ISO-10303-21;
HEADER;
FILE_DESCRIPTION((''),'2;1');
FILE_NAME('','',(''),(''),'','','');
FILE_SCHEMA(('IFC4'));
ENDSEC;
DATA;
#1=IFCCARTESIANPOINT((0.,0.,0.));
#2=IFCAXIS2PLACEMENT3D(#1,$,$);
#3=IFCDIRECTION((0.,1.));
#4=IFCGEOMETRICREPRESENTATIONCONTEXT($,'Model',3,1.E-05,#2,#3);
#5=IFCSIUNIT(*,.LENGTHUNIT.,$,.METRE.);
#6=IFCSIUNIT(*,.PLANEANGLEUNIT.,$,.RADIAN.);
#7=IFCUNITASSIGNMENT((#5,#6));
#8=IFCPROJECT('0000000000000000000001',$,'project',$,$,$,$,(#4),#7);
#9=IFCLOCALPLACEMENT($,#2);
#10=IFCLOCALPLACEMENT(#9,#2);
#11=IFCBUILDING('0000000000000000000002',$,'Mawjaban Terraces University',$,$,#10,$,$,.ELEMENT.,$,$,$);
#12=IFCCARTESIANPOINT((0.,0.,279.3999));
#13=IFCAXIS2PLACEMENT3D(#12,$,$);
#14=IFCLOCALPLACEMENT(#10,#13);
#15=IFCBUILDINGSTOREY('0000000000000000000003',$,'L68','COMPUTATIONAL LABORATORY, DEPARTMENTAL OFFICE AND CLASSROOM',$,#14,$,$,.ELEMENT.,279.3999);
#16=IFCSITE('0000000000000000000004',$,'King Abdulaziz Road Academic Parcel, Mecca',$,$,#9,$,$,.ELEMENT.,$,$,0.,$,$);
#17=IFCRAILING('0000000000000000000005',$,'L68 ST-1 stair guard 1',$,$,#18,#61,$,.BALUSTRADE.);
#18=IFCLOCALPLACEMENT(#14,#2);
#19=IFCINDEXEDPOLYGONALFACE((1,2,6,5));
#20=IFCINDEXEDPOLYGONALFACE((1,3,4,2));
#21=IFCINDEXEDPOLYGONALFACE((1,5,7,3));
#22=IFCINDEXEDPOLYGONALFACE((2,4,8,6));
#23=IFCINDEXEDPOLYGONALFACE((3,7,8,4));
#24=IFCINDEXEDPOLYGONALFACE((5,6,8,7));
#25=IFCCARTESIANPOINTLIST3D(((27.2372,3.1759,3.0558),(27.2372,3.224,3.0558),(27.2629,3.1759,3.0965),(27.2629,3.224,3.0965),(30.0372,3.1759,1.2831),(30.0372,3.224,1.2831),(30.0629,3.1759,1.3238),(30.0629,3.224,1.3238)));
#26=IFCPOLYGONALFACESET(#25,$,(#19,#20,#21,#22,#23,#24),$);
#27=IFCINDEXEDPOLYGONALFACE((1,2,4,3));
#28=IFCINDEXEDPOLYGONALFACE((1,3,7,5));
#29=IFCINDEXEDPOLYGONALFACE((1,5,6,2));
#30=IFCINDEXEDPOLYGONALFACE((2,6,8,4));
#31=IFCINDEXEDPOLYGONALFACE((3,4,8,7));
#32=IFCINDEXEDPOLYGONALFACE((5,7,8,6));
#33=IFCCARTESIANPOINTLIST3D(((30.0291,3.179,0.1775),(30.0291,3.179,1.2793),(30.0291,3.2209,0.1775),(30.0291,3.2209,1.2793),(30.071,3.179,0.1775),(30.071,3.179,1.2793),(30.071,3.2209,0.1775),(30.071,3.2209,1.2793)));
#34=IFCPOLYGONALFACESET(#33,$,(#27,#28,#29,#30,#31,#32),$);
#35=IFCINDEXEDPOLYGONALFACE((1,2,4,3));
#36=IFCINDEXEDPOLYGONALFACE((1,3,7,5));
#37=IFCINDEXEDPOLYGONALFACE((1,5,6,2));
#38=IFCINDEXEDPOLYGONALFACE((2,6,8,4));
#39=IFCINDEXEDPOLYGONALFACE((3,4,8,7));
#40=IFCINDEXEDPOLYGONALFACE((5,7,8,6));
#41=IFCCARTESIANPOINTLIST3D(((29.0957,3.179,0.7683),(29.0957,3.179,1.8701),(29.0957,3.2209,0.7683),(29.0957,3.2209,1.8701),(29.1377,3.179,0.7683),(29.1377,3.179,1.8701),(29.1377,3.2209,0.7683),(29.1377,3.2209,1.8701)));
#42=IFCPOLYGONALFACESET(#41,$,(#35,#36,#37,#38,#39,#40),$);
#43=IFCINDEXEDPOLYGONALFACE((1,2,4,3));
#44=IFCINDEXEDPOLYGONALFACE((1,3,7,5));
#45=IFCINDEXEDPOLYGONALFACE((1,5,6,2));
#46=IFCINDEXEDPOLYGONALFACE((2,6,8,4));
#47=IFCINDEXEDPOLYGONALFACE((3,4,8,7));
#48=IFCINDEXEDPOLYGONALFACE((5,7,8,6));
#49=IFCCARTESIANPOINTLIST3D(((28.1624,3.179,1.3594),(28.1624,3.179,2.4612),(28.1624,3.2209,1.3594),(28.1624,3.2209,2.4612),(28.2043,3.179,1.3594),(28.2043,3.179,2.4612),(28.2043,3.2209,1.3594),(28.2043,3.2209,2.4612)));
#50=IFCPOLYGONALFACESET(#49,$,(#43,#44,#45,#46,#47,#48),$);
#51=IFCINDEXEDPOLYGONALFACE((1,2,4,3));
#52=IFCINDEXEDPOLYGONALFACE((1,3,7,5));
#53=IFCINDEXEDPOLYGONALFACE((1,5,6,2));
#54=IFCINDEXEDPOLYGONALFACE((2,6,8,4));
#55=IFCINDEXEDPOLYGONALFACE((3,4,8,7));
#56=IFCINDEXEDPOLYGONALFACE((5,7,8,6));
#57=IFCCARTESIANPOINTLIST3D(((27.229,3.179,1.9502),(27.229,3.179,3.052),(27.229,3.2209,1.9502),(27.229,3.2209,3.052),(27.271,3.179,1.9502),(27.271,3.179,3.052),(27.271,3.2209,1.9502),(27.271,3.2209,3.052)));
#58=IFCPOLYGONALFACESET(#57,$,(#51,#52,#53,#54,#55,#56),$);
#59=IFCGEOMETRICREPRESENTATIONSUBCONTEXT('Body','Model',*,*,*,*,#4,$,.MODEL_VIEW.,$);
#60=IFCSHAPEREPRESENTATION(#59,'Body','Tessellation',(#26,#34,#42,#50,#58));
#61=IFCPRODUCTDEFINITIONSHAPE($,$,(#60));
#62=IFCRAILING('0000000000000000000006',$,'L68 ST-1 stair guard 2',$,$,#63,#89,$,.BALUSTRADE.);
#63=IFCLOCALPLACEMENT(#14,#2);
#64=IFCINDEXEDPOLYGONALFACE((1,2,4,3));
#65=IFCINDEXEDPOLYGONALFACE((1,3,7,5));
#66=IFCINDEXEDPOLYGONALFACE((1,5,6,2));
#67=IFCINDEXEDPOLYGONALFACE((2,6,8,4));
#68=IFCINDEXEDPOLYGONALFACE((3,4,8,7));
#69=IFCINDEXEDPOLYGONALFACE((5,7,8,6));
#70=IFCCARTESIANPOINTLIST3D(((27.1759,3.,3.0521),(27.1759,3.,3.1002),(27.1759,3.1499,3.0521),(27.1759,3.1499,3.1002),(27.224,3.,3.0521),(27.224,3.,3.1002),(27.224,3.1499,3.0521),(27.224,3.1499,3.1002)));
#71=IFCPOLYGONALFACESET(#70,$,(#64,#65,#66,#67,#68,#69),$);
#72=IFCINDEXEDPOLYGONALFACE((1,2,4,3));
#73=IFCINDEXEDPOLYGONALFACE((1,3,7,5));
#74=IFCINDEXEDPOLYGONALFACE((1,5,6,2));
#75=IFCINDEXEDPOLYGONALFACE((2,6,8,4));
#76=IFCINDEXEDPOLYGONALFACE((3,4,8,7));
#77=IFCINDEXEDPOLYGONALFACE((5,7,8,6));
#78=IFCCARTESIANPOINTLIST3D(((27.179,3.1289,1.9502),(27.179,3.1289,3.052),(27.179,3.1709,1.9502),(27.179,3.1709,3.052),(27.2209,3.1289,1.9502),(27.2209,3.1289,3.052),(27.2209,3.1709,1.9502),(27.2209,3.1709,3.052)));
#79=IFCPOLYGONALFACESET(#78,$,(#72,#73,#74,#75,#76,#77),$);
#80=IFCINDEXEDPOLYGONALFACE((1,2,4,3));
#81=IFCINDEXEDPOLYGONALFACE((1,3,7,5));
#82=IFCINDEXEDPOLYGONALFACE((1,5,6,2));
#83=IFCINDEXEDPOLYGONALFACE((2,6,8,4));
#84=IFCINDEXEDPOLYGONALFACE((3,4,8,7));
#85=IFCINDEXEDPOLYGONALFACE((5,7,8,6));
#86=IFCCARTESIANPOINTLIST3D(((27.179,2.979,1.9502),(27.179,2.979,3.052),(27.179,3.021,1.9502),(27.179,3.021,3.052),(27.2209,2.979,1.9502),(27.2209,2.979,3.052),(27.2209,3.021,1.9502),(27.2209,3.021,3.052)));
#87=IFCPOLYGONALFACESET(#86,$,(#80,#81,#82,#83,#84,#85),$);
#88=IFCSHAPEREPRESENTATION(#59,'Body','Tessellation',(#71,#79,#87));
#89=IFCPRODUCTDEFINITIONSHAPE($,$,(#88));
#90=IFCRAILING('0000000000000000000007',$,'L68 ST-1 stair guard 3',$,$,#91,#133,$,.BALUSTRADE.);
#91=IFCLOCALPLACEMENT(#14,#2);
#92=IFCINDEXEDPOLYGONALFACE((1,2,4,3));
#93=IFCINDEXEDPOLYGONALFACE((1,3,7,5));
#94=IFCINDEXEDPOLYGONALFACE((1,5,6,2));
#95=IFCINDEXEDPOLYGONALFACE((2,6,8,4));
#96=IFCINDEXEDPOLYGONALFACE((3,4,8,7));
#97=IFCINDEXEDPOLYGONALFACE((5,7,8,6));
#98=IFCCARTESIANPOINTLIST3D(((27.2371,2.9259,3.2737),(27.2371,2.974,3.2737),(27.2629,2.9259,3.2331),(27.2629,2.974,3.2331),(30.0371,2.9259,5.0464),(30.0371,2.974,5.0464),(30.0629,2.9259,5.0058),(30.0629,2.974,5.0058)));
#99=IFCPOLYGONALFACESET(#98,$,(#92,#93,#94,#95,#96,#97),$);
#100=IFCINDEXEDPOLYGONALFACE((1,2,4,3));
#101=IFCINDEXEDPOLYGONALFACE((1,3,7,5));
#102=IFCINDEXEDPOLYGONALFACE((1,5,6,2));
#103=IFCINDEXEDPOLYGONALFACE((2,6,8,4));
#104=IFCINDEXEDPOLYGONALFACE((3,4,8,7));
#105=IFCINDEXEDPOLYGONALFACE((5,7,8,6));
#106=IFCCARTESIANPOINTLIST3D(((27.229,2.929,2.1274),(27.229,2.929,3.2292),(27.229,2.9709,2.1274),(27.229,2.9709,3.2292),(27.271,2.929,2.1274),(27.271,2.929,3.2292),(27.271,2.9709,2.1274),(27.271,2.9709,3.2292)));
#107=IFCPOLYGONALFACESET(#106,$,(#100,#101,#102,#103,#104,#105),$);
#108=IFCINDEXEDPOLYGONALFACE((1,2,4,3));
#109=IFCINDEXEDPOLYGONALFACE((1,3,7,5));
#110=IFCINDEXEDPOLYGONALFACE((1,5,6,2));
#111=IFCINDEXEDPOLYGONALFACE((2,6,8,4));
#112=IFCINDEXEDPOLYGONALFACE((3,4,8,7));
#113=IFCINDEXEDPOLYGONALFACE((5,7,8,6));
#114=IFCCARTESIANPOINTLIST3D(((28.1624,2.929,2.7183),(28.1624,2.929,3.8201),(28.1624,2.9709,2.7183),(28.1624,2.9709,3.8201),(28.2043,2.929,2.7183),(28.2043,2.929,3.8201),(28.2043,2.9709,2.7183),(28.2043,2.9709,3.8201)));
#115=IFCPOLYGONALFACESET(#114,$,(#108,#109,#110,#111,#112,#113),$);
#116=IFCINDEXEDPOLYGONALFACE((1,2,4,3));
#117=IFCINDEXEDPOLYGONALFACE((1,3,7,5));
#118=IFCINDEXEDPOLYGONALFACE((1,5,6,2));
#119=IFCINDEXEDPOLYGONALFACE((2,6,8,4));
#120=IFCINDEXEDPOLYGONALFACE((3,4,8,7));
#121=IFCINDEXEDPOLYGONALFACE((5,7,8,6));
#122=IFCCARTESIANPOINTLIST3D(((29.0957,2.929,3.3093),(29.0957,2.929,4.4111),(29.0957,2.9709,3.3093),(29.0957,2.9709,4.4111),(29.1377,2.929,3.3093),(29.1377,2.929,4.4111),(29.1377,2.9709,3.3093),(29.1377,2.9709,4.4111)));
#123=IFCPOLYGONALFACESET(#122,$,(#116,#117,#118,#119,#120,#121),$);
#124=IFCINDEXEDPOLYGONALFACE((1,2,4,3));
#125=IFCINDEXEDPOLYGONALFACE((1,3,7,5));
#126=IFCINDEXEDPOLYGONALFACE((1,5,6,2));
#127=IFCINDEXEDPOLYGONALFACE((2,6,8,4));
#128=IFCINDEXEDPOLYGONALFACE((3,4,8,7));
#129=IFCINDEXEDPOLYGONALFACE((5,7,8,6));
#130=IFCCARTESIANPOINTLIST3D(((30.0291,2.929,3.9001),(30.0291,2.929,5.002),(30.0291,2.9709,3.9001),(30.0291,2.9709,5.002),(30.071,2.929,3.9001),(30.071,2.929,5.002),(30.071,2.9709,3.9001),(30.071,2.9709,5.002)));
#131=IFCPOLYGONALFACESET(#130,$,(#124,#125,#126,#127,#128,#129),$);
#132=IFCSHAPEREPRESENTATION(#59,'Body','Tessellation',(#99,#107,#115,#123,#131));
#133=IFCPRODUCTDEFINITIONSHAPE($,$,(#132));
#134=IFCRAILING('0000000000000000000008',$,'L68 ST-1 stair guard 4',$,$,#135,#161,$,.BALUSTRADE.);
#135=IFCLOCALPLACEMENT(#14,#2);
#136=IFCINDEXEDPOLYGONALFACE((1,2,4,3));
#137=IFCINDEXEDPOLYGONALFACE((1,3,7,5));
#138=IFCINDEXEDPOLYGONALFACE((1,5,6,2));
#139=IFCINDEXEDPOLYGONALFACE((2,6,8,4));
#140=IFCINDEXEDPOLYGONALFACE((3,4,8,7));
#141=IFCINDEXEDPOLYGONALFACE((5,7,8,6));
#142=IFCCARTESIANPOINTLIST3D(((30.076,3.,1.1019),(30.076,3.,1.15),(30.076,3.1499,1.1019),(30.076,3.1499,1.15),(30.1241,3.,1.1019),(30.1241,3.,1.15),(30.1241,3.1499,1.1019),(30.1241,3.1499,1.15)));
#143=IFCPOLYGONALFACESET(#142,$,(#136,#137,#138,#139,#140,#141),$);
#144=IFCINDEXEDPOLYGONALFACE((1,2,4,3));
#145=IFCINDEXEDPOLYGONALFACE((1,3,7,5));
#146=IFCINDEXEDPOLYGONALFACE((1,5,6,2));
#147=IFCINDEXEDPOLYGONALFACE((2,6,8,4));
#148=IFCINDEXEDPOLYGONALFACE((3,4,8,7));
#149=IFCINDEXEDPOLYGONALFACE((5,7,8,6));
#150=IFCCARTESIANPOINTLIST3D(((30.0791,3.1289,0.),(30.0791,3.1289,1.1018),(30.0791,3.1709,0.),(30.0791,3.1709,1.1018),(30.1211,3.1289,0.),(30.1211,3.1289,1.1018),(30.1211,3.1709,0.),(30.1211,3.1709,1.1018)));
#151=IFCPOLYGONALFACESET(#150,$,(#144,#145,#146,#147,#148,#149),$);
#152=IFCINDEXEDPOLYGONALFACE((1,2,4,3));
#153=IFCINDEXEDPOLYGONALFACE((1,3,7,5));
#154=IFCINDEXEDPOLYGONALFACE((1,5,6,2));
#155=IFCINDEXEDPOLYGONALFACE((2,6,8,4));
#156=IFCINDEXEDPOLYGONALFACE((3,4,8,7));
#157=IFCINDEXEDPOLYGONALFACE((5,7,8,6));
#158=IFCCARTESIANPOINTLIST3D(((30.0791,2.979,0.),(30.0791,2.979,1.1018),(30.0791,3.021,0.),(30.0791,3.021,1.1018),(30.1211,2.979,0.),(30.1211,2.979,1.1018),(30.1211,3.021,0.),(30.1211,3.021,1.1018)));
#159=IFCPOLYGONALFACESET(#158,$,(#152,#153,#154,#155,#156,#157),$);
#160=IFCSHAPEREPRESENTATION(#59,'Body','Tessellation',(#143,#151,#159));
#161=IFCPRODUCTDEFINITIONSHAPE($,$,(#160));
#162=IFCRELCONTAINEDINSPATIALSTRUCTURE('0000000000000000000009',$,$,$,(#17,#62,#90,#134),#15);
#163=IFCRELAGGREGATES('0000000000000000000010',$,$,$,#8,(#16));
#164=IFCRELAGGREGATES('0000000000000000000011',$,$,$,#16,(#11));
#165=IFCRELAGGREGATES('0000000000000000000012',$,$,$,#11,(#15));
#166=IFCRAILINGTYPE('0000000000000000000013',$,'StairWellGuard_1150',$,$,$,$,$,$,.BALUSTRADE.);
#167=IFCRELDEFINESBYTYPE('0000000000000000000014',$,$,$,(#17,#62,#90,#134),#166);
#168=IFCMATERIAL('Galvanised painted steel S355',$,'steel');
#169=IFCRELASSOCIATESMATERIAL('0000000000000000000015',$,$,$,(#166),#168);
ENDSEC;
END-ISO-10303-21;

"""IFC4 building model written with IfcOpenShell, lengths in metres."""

from ifc_helpers import new_model, si_unit, direction, frame, origin, origin_2d, place, context, subcontext, project, spatial, rectangle, extrude, material, type_object, element, save


model = new_model("IFC4")

# Units and contexts
model_context = context("Model", 3, precision=1e-05, world=origin(), true_north=direction((0.0, 1.0)))
body_context = subcontext(model_context, "Body", "Model", "MODEL_VIEW")
ifc_project = project(units=[si_unit("LENGTHUNIT", "METRE"), si_unit("PLANEANGLEUNIT", "RADIAN")], contexts=[model_context])

# Site, building, storey
site_placement = place(None, origin())
site = spatial("IfcSite", under=ifc_project, at=site_placement, Name="King Abdulaziz Road Academic Parcel, Mecca", CompositionType="ELEMENT", RefElevation=0.0)
building_placement = place(site_placement, origin())
building = spatial("IfcBuilding", under=site, at=building_placement, Name="Mawjaban Terraces University", CompositionType="ELEMENT")
storey_placement = place(building_placement, frame((0.0, 0.0, 279.3999)))
storey = spatial("IfcBuildingStorey", under=building, at=storey_placement, Name="L68", Description="COMPUTATIONAL LABORATORY, DEPARTMENTAL OFFICE AND CLASSROOM", CompositionType="ELEMENT", Elevation=279.3999)

# Railings
ifc_material_1 = material(Name="Galvanised painted steel S355", Category="steel")
railing_type_1 = type_object("IfcRailingType", Name="StairWellGuard_1150", PredefinedType="BALUSTRADE", material=ifc_material_1)
railing_1_placement = place(storey_placement, frame((30.05, 3.2, 0.1775)))
element("IfcRailing", 1, at=railing_1_placement, inside=storey, type_object=railing_type_1, Name="L68 ST-1 stair guard 1", PredefinedType="BALUSTRADE", context=body_context, shape_type="SweptSolid", body=[
    extrude(rectangle(XDim=0.0481, YDim=0.0481, at=origin_2d()), frame((0.0, 0.0, 1.126), z_axis=(-0.844909, 0.0, 0.53491), x_axis=(0.0, -1.0, 0.0)), (0.0, 0.0, 1.0), 3.314),
    extrude(rectangle(XDim=0.042, YDim=0.042, at=origin_2d()), origin(), (0.0, 0.0, 1.0), 1.1018),
    extrude(rectangle(XDim=0.042, YDim=0.042, at=origin_2d()), frame((-0.9333, 0.0, 0.5908)), (0.0, 0.0, 1.0), 1.1018),
    extrude(rectangle(XDim=0.042, YDim=0.042, at=origin_2d()), frame((-1.8667, 0.0, 1.1819)), (0.0, 0.0, 1.0), 1.1018),
    extrude(rectangle(XDim=0.042, YDim=0.042, at=origin_2d()), frame((-2.8, 0.0, 1.7727)), (0.0, 0.0, 1.0), 1.1018),
])
railing_2_placement = place(storey_placement, frame((27.2, 3.1499, 1.9502)))
element("IfcRailing", 2, at=railing_2_placement, inside=storey, type_object=railing_type_1, Name="L68 ST-1 stair guard 2", PredefinedType="BALUSTRADE", context=body_context, shape_type="SweptSolid", body=[
    extrude(rectangle(XDim=0.0481, YDim=0.0481, at=origin_2d()), frame((0.0, 0.0, 1.126), z_axis=(0.0, -1.0, 0.0), x_axis=(1.0, 0.0, 0.0)), (0.0, 0.0, 1.0), 0.1499),
    extrude(rectangle(XDim=0.042, YDim=0.042, at=origin_2d()), origin(), (0.0, 0.0, 1.0), 1.1018),
    extrude(rectangle(XDim=0.042, YDim=0.042, at=origin_2d()), frame((0.0, -0.1499, 0.0)), (0.0, 0.0, 1.0), 1.1018),
])
railing_3_placement = place(storey_placement, frame((27.25, 2.95, 2.1274)))
element("IfcRailing", 3, at=railing_3_placement, inside=storey, type_object=railing_type_1, Name="L68 ST-1 stair guard 3", PredefinedType="BALUSTRADE", context=body_context, shape_type="SweptSolid", body=[
    extrude(rectangle(XDim=0.0481, YDim=0.0481, at=origin_2d()), frame((0.0, 0.0, 1.126), z_axis=(0.844909, 0.0, 0.53491), x_axis=(0.0, 1.0, 0.0)), (0.0, 0.0, 1.0), 3.314),
    extrude(rectangle(XDim=0.042, YDim=0.042, at=origin_2d()), origin(), (0.0, 0.0, 1.0), 1.1018),
    extrude(rectangle(XDim=0.042, YDim=0.042, at=origin_2d()), frame((0.9333, 0.0, 0.5908)), (0.0, 0.0, 1.0), 1.1018),
    extrude(rectangle(XDim=0.042, YDim=0.042, at=origin_2d()), frame((1.8667, 0.0, 1.1819)), (0.0, 0.0, 1.0), 1.1018),
    extrude(rectangle(XDim=0.042, YDim=0.042, at=origin_2d()), frame((2.8, 0.0, 1.7727)), (0.0, 0.0, 1.0), 1.1018),
])
railing_4_placement = place(storey_placement, frame((30.1001, 3.1499, 0.0)))
element("IfcRailing", 4, at=railing_4_placement, inside=storey, type_object=railing_type_1, Name="L68 ST-1 stair guard 4", PredefinedType="BALUSTRADE", context=body_context, shape_type="SweptSolid", body=[
    extrude(rectangle(XDim=0.0481, YDim=0.0481, at=origin_2d()), frame((0.0, 0.0, 1.126), z_axis=(0.0, -1.0, 0.0), x_axis=(1.0, 0.0, 0.0)), (0.0, 0.0, 1.0), 0.1499),
    extrude(rectangle(XDim=0.042, YDim=0.042, at=origin_2d()), origin(), (0.0, 0.0, 1.0), 1.1018),
    extrude(rectangle(XDim=0.042, YDim=0.042, at=origin_2d()), frame((0.0, -0.1499, 0.0)), (0.0, 0.0, 1.0), 1.1018),
])

save(model, "model.ifc")
